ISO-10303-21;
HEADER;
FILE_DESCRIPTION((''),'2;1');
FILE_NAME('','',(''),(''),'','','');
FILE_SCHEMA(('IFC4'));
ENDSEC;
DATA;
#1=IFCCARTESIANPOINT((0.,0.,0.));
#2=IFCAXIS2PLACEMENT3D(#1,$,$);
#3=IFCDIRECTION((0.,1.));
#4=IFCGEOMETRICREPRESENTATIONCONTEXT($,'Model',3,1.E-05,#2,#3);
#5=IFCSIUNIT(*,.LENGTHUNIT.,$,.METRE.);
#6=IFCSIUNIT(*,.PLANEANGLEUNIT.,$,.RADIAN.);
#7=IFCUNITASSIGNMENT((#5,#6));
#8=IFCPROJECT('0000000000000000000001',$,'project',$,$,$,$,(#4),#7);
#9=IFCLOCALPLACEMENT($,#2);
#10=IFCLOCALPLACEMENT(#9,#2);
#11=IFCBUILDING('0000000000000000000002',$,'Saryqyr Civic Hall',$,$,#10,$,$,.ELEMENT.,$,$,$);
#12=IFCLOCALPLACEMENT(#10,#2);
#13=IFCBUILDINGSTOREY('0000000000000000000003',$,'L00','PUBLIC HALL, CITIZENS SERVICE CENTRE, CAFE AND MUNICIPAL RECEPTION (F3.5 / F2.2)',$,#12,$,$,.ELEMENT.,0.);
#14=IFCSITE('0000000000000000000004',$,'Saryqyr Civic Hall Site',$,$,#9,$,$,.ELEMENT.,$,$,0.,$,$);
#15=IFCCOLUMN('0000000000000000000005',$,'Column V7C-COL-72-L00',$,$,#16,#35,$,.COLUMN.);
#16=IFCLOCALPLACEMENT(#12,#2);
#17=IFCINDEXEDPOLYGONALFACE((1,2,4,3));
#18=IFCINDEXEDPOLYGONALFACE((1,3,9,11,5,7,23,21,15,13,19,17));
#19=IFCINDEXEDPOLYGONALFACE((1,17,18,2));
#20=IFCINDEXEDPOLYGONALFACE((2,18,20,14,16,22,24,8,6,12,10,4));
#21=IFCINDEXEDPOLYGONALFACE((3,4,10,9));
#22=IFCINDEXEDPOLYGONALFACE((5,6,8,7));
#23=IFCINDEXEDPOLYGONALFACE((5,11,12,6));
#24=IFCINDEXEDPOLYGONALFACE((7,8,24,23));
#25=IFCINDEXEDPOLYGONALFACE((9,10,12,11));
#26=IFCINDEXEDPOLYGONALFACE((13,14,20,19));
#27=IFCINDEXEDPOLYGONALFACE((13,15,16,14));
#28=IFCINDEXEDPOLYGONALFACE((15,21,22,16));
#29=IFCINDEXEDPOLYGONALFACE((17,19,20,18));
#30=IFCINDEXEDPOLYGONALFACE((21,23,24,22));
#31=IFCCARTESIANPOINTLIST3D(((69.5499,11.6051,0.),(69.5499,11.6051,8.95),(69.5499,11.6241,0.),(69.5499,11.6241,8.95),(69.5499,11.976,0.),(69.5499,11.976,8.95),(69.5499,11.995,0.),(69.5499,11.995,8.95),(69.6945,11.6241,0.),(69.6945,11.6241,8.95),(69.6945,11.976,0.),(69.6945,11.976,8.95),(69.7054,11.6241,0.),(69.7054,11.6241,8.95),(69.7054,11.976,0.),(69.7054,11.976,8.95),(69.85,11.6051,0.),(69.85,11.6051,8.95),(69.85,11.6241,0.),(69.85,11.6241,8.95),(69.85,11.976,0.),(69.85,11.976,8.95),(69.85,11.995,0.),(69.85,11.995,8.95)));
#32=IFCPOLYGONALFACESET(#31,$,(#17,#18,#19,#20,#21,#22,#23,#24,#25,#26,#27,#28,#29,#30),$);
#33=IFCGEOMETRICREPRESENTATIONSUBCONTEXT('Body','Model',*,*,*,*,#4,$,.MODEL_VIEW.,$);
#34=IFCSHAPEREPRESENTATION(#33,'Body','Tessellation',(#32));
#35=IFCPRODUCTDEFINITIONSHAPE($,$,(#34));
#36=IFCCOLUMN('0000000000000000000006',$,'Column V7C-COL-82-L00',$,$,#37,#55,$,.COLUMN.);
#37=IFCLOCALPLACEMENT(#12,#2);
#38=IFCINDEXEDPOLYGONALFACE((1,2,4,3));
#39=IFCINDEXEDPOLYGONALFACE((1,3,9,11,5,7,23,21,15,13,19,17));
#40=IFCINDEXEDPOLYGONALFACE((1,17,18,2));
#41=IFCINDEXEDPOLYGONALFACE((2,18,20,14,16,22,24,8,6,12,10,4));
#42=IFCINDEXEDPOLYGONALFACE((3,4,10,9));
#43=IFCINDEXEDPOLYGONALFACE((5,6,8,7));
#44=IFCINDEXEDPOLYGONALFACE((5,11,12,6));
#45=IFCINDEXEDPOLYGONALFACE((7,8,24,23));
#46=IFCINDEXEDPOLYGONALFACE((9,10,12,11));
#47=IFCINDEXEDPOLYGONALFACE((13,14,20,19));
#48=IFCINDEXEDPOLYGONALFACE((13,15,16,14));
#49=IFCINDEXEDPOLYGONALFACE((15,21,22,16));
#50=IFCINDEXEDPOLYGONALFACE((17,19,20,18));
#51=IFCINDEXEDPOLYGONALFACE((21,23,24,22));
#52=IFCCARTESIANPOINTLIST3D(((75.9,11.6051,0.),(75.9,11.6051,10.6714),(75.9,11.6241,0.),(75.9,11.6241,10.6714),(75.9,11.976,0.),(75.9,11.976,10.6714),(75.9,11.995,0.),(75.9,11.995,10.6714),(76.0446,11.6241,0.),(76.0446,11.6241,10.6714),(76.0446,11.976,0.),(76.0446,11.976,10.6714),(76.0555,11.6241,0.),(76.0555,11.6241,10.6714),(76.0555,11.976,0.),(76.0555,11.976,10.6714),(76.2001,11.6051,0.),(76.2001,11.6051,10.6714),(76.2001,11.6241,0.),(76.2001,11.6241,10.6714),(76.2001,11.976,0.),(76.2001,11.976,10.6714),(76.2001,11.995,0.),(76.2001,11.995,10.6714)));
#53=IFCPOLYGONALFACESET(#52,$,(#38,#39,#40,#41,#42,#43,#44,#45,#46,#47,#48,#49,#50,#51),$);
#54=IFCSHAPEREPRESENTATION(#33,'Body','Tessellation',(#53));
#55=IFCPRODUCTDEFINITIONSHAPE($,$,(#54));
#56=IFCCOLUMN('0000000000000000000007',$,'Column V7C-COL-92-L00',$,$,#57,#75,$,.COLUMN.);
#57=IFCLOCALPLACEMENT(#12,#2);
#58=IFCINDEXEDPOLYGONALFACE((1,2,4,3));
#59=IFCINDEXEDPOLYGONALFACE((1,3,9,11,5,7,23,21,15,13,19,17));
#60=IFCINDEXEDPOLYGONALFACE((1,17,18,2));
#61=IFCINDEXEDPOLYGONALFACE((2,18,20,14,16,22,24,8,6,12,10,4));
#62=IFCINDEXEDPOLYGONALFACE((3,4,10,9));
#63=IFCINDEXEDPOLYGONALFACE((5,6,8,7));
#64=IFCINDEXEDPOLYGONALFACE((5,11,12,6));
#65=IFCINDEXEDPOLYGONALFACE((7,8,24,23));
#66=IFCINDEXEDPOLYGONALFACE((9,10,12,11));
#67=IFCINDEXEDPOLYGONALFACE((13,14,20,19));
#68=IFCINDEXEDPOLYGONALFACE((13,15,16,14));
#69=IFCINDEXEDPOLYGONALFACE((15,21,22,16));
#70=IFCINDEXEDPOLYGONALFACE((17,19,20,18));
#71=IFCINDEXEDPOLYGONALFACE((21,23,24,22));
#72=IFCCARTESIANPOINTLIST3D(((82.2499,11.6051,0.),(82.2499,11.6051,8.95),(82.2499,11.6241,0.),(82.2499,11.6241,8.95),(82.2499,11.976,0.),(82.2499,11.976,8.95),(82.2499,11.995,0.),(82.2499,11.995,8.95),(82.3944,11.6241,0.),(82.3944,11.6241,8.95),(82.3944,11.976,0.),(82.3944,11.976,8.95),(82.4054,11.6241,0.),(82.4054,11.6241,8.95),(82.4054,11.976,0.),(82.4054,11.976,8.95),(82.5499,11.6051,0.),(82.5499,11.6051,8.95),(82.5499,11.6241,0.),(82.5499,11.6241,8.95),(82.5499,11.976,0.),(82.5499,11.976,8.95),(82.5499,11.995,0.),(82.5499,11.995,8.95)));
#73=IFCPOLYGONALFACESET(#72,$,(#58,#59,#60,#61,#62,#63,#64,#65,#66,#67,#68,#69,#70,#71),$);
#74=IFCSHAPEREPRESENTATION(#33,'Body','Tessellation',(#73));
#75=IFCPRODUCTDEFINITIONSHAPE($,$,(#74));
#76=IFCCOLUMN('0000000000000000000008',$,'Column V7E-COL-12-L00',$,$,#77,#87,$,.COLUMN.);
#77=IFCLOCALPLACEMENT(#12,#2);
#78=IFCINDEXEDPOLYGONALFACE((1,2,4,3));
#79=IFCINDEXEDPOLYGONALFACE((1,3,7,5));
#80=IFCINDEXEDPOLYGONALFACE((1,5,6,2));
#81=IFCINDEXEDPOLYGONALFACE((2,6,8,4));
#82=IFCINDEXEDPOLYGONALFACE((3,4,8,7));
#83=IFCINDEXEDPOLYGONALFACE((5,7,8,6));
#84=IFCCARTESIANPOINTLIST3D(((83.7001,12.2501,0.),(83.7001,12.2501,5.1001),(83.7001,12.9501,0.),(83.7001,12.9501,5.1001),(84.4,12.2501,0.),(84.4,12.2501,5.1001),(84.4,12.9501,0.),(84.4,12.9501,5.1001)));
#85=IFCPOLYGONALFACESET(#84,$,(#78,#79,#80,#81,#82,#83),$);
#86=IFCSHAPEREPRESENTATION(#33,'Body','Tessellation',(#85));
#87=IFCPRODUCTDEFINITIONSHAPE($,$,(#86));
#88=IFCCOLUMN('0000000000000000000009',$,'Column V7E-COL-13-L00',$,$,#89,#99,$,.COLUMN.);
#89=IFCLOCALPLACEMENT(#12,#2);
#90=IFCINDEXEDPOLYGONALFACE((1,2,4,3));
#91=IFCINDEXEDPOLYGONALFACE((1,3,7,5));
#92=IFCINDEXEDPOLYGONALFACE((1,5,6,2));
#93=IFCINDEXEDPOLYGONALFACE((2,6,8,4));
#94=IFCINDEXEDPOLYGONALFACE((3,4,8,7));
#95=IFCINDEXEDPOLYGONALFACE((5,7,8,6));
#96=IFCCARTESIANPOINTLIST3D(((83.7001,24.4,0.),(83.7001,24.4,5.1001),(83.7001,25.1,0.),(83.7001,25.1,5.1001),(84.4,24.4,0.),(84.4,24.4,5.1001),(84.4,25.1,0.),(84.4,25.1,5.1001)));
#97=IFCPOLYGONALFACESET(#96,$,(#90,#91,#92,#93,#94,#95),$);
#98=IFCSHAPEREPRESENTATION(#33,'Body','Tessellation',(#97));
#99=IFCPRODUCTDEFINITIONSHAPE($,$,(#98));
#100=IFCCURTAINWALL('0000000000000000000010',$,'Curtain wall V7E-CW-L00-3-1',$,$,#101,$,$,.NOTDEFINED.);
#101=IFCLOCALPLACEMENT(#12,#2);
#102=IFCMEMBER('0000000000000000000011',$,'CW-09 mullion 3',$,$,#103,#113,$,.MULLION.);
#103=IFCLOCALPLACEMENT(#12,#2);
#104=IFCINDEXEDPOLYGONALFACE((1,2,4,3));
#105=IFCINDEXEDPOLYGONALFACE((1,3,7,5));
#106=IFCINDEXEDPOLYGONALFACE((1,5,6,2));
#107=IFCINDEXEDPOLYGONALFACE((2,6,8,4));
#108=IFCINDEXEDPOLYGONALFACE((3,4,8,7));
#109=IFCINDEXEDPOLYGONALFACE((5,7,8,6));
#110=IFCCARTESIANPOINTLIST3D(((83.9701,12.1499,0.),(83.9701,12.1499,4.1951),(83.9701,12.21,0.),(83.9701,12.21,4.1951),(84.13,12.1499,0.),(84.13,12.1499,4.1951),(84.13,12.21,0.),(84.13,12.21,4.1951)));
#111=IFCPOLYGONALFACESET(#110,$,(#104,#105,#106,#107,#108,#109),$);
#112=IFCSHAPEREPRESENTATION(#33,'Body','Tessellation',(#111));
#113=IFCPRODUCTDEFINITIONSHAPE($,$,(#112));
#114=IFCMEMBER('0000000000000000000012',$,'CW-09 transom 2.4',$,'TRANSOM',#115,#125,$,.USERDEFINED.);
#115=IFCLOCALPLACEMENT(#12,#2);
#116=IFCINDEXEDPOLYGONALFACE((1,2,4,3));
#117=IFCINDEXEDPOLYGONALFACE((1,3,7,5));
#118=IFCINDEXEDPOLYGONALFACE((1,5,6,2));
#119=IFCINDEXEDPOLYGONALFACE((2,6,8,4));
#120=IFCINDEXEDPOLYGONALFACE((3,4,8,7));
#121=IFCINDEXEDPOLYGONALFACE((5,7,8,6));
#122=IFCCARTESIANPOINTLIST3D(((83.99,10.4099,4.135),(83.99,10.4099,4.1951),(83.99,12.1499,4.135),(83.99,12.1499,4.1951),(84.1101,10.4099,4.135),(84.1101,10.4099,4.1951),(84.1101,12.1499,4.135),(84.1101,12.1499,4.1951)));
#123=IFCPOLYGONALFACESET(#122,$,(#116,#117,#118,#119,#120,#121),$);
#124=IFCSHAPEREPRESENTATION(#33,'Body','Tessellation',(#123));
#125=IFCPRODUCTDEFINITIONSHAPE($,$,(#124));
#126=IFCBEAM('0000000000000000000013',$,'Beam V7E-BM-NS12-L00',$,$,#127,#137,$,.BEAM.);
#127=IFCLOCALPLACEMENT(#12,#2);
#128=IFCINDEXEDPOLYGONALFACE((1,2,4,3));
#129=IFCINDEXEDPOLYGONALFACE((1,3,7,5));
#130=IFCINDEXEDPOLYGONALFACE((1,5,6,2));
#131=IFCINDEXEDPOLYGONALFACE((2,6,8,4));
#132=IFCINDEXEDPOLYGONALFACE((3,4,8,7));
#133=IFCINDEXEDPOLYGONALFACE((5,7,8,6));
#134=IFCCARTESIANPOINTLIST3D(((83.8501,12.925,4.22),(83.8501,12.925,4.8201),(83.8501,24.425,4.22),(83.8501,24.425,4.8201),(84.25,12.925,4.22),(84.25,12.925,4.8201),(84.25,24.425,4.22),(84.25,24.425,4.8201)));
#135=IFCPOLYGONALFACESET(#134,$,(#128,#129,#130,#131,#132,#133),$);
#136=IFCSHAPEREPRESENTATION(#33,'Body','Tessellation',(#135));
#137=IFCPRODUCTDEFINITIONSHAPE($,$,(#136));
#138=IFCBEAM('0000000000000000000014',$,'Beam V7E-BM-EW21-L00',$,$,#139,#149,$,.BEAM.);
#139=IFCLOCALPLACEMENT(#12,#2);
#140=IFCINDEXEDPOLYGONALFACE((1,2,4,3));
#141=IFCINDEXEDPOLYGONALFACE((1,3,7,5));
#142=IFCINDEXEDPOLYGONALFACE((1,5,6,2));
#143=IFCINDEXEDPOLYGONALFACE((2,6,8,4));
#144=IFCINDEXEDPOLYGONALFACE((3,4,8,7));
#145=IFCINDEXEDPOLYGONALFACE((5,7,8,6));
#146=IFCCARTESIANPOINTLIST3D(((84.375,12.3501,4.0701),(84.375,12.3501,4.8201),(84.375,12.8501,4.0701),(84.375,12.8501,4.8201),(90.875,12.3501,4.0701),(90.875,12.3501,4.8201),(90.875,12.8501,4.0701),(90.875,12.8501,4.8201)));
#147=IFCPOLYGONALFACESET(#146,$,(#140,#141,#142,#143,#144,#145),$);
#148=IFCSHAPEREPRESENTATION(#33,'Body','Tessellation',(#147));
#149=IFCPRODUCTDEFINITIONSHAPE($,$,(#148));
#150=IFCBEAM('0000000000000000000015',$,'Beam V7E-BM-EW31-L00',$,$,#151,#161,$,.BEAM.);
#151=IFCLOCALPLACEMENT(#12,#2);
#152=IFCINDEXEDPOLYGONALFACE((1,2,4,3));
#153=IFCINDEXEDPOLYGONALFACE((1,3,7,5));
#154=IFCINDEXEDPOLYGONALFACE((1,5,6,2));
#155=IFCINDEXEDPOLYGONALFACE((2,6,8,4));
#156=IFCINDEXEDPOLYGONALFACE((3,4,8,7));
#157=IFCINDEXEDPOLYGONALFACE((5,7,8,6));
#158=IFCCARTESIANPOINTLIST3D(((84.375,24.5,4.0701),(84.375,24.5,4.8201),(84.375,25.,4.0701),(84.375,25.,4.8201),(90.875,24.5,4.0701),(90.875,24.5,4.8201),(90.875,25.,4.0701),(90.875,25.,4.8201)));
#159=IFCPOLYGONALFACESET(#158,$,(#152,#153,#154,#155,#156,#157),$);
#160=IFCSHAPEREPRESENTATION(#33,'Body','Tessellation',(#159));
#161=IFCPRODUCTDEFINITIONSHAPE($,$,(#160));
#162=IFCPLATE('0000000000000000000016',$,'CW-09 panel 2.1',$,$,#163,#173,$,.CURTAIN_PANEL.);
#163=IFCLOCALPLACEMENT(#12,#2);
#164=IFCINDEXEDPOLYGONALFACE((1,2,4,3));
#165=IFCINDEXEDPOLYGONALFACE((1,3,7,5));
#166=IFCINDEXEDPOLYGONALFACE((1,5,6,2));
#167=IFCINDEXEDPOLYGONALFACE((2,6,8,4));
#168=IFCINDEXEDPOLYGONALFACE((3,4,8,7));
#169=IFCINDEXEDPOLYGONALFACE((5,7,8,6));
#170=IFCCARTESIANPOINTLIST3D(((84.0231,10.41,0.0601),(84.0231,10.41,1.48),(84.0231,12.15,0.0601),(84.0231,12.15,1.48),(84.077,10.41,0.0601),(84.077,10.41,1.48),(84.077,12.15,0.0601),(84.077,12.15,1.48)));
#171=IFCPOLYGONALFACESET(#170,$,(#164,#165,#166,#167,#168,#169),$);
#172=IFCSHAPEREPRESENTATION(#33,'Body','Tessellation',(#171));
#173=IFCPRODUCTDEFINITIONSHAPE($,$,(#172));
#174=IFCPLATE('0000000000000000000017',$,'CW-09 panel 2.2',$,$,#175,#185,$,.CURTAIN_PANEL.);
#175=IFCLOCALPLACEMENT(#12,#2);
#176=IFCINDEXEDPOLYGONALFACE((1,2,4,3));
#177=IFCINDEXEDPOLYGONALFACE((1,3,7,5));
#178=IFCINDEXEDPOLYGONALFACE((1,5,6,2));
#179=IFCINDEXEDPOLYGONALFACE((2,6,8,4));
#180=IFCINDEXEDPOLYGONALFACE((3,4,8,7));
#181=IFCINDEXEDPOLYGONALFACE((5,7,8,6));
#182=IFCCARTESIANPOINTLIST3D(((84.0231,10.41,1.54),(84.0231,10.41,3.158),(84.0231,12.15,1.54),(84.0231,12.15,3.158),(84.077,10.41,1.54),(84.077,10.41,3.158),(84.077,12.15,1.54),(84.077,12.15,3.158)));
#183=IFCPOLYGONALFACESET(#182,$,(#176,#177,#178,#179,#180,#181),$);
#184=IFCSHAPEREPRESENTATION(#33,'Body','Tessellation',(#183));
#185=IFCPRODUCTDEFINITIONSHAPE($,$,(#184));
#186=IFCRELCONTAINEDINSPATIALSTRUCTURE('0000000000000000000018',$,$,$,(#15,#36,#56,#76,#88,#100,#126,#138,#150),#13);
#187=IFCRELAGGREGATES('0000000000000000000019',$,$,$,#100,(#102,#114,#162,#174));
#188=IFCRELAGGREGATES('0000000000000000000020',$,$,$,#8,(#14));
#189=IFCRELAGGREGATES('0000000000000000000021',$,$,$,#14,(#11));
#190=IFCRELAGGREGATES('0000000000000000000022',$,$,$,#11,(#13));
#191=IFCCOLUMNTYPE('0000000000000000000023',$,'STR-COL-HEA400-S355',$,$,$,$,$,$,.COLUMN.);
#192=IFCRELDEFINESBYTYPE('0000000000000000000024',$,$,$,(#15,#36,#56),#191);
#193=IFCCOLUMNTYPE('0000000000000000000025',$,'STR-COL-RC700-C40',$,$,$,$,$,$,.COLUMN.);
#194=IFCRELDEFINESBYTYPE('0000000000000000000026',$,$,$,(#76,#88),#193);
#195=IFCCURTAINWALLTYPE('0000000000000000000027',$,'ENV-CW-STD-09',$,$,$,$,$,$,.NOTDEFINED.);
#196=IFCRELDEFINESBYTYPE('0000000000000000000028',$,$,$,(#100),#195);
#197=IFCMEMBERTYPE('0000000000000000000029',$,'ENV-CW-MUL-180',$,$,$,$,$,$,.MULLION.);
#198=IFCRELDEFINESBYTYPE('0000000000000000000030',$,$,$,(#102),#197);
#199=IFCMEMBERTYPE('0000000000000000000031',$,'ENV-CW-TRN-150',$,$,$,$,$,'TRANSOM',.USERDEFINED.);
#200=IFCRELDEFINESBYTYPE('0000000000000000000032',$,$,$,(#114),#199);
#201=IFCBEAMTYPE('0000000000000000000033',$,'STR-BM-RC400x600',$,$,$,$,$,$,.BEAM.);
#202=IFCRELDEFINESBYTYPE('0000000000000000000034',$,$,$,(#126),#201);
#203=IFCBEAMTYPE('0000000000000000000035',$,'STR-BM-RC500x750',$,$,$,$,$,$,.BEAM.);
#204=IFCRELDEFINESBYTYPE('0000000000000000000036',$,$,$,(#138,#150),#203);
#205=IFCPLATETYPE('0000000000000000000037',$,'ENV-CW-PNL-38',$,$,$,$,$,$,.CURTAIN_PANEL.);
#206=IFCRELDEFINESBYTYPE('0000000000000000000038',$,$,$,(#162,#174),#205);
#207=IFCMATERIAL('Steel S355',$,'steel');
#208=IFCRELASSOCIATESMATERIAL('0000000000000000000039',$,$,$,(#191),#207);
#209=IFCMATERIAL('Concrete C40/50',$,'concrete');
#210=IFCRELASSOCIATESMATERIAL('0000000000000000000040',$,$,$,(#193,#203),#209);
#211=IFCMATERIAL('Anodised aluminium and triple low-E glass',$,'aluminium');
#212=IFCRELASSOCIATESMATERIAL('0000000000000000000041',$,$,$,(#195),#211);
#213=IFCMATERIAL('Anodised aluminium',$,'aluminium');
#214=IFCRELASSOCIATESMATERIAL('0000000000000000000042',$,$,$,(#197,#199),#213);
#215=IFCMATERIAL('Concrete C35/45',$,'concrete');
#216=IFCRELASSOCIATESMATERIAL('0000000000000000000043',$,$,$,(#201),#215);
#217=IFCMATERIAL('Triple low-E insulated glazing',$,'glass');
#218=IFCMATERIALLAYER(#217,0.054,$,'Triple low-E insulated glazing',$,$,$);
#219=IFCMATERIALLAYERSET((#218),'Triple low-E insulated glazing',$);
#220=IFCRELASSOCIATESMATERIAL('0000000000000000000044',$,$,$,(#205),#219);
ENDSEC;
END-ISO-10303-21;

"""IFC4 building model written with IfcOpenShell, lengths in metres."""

from ifc_helpers import new_model, si_unit, direction, frame, origin, origin_2d, place, context, subcontext, project, spatial, rectangle, i_section, extrude, material, layer, layer_set, material_profile, profile_set, type_object, element, aggregate, save


model = new_model("IFC4")

# Units and contexts
model_context = context("Model", 3, precision=1e-05, world=origin(), true_north=direction((0.0, 1.0)))
body_context = subcontext(model_context, "Body", "Model", "MODEL_VIEW")
ifc_project = project(units=[si_unit("LENGTHUNIT", "METRE"), si_unit("PLANEANGLEUNIT", "RADIAN")], contexts=[model_context])

# Site, building, storey
site_placement = place(None, origin())
site = spatial("IfcSite", under=ifc_project, at=site_placement, Name="Saryqyr Civic Hall Site", CompositionType="ELEMENT", RefElevation=0.0)
building_placement = place(site_placement, origin())
building = spatial("IfcBuilding", under=site, at=building_placement, Name="Saryqyr Civic Hall", CompositionType="ELEMENT")
storey_placement = place(building_placement, origin())
storey = spatial("IfcBuildingStorey", under=building, at=storey_placement, Name="L00", Description="PUBLIC HALL, CITIZENS SERVICE CENTRE, CAFE AND MUNICIPAL RECEPTION (F3.5 / F2.2)", CompositionType="ELEMENT", Elevation=0.0)

# Columns
ifc_material_1 = material(Name="Steel S355", Category="steel")
ifc_material_profile_1 = material_profile(ifc_material_1, i_section(OverallWidth=0.3, OverallDepth=0.3899, WebThickness=0.011, FlangeThickness=0.019, at=origin_2d()), Name="HEA 400")
ifc_profile_set_1 = profile_set([ifc_material_profile_1], Name="Steel S355")
column_type_1 = type_object("IfcColumnType", Name="STR-COL-HEA400-S355", PredefinedType="COLUMN", material=ifc_profile_set_1)
column_1_placement = place(storey_placement, frame((69.7, 11.8, 0.0), z_axis=(0.0, 0.0, 1.0), x_axis=(1.0, 0.0, 0.0)))
element("IfcColumn", 1, at=column_1_placement, inside=storey, type_object=column_type_1, Name="Column V7C-COL-72-L00", PredefinedType="COLUMN", context=body_context, shape_type="SweptSolid", body=[
    extrude(i_section(OverallWidth=0.3, OverallDepth=0.3899, WebThickness=0.011, FlangeThickness=0.019, at=origin_2d()), origin(), (0.0, 0.0, 1.0), 8.95),
])
column_2_placement = place(storey_placement, frame((76.05, 11.8, 0.0), z_axis=(0.0, 0.0, 1.0), x_axis=(1.0, 0.0, 0.0)))
element("IfcColumn", 2, at=column_2_placement, inside=storey, type_object=column_type_1, Name="Column V7C-COL-82-L00", PredefinedType="COLUMN", context=body_context, shape_type="SweptSolid", body=[
    extrude(i_section(OverallWidth=0.3, OverallDepth=0.3899, WebThickness=0.011, FlangeThickness=0.019, at=origin_2d()), origin(), (0.0, 0.0, 1.0), 10.6714),
])
column_3_placement = place(storey_placement, frame((82.3999, 11.8, 0.0), z_axis=(0.0, 0.0, 1.0), x_axis=(1.0, 0.0, 0.0)))
element("IfcColumn", 3, at=column_3_placement, inside=storey, type_object=column_type_1, Name="Column V7C-COL-92-L00", PredefinedType="COLUMN", context=body_context, shape_type="SweptSolid", body=[
    extrude(i_section(OverallWidth=0.3, OverallDepth=0.3899, WebThickness=0.011, FlangeThickness=0.019, at=origin_2d()), origin(), (0.0, 0.0, 1.0), 8.95),
])
ifc_material_2 = material(Name="Concrete C40/50", Category="concrete")
ifc_material_profile_2 = material_profile(ifc_material_2, rectangle(XDim=0.7, YDim=0.7, at=origin_2d()), Name="RC 700x700")
ifc_profile_set_2 = profile_set([ifc_material_profile_2], Name="Concrete C40/50")
column_type_2 = type_object("IfcColumnType", Name="STR-COL-RC700-C40", PredefinedType="COLUMN", material=ifc_profile_set_2)
for number, where, z_axis, x_axis, name in (
    (4, (84.05, 12.6001, 0.0), (0.0, 0.0, 1.0), (1.0, 0.0, 0.0), "Column V7E-COL-12-L00"),
    (5, (84.05, 24.75, 0.0), (0.0, 0.0, 1.0), (1.0, 0.0, 0.0), "Column V7E-COL-13-L00"),
):
    element("IfcColumn", number, at=place(storey_placement, frame(where, z_axis=z_axis, x_axis=x_axis)), inside=storey, type_object=column_type_2, Name=name, PredefinedType="COLUMN", context=body_context, shape_type="SweptSolid", body=[
        extrude(rectangle(XDim=0.7, YDim=0.7, at=origin_2d()), origin(), (0.0, 0.0, 1.0), 5.1001),
    ])

# Curtain wall, members
ifc_material_3 = material(Name="Anodised aluminium and triple low-E glass", Category="aluminium")
curtain_wall_type = type_object("IfcCurtainWallType", Name="ENV-CW-STD-09", PredefinedType="NOTDEFINED", material=ifc_material_3)
curtain_wall_placement = place(storey_placement, origin())
curtain_wall = element("IfcCurtainWall", 6, at=curtain_wall_placement, inside=storey, type_object=curtain_wall_type, Name="Curtain wall V7E-CW-L00-3-1", PredefinedType="NOTDEFINED")
ifc_material_4 = material(Name="Anodised aluminium", Category="aluminium")
ifc_material_profile_3 = material_profile(ifc_material_4, rectangle(XDim=0.0601, YDim=0.1599, at=origin_2d()), Name="ALU MULLION 60x160")
ifc_profile_set_3 = profile_set([ifc_material_profile_3], Name="Anodised aluminium")
member_type_1 = type_object("IfcMemberType", Name="ENV-CW-MUL-180", PredefinedType="MULLION", material=ifc_profile_set_3)
member_1_placement = place(storey_placement, frame((84.05, 12.1799, 0.0), z_axis=(0.0, 0.0, 1.0), x_axis=(0.0, 1.0, 0.0)))
member_1 = element("IfcMember", 7, at=member_1_placement, type_object=member_type_1, Name="CW-09 mullion 3", PredefinedType="MULLION", context=body_context, shape_type="SweptSolid", body=[
    extrude(rectangle(XDim=0.0601, YDim=0.1599, at=origin_2d()), origin(), (0.0, 0.0, 1.0), 4.1951),
])
ifc_material_profile_4 = material_profile(ifc_material_4, rectangle(XDim=0.1201, YDim=0.0601, at=origin_2d()), Name="ALU TRANSOM 120x60")
ifc_profile_set_4 = profile_set([ifc_material_profile_4], Name="Anodised aluminium")
member_type_2 = type_object("IfcMemberType", Name="ENV-CW-TRN-150", ElementType="TRANSOM", PredefinedType="USERDEFINED", material=ifc_profile_set_4)
member_2_placement = place(storey_placement, frame((84.05, 10.4099, 4.165), z_axis=(0.0, 1.0, 0.0), x_axis=(-1.0, 0.0, 0.0)))
member_2 = element("IfcMember", 8, at=member_2_placement, type_object=member_type_2, Name="CW-09 transom 2.4", ObjectType="TRANSOM", PredefinedType="USERDEFINED", context=body_context, shape_type="SweptSolid", body=[
    extrude(rectangle(XDim=0.1201, YDim=0.0601, at=origin_2d()), origin(), (0.0, 0.0, 1.0), 1.74),
])

# Beams
ifc_material_5 = material(Name="Concrete C35/45", Category="concrete")
ifc_material_profile_5 = material_profile(ifc_material_5, rectangle(XDim=0.3999, YDim=0.6001, at=origin_2d()), Name="RC 400x600")
ifc_profile_set_5 = profile_set([ifc_material_profile_5], Name="Concrete C35/45")
beam_type_1 = type_object("IfcBeamType", Name="STR-BM-RC400x600", PredefinedType="BEAM", material=ifc_profile_set_5)
beam_placement = place(storey_placement, frame((84.05, 12.925, 4.52), z_axis=(0.0, 1.0, 0.0), x_axis=(-1.0, 0.0, 0.0)))
element("IfcBeam", 9, at=beam_placement, inside=storey, type_object=beam_type_1, Name="Beam V7E-BM-NS12-L00", PredefinedType="BEAM", context=body_context, shape_type="SweptSolid", body=[
    extrude(rectangle(XDim=0.3999, YDim=0.6001, at=origin_2d()), origin(), (0.0, 0.0, 1.0), 11.5),
])
ifc_material_profile_6 = material_profile(ifc_material_2, rectangle(XDim=0.5, YDim=0.75, at=origin_2d()), Name="RC 500x750")
ifc_profile_set_6 = profile_set([ifc_material_profile_6], Name="Concrete C40/50")
beam_type_2 = type_object("IfcBeamType", Name="STR-BM-RC500x750", PredefinedType="BEAM", material=ifc_profile_set_6)
for number, where, z_axis, x_axis, name in (
    (10, (84.375, 12.6001, 4.4451), (1.0, 0.0, 0.0), (0.0, 1.0, 0.0), "Beam V7E-BM-EW21-L00"),
    (11, (84.375, 24.75, 4.4451), (1.0, 0.0, 0.0), (0.0, 1.0, 0.0), "Beam V7E-BM-EW31-L00"),
):
    element("IfcBeam", number, at=place(storey_placement, frame(where, z_axis=z_axis, x_axis=x_axis)), inside=storey, type_object=beam_type_2, Name=name, PredefinedType="BEAM", context=body_context, shape_type="SweptSolid", body=[
        extrude(rectangle(XDim=0.5, YDim=0.75, at=origin_2d()), origin(), (0.0, 0.0, 1.0), 6.5),
    ])

# Plates
ifc_material_6 = material(Name="Triple low-E insulated glazing", Category="glass")
ifc_layer_1 = layer(ifc_material_6, 0.054, Name="Triple low-E insulated glazing")
ifc_layer_set_1 = layer_set([ifc_layer_1], Name="Triple low-E insulated glazing")
plate_type = type_object("IfcPlateType", Name="ENV-CW-PNL-38", PredefinedType="CURTAIN_PANEL", material=ifc_layer_set_1)
plate_1_placement = place(storey_placement, frame((84.05, 11.28, 0.0601), z_axis=(0.0, 0.0, 1.0), x_axis=(0.0, 1.0, 0.0)))
plate_1 = element("IfcPlate", 12, at=plate_1_placement, type_object=plate_type, Name="CW-09 panel 2.1", PredefinedType="CURTAIN_PANEL", context=body_context, shape_type="SweptSolid", body=[
    extrude(rectangle(XDim=1.74, YDim=0.054, at=origin_2d()), origin(), (0.0, 0.0, 1.0), 1.4199),
])
plate_2_placement = place(storey_placement, frame((84.05, 11.28, 1.54), z_axis=(0.0, 0.0, 1.0), x_axis=(0.0, 1.0, 0.0)))
plate_2 = element("IfcPlate", 13, at=plate_2_placement, type_object=plate_type, Name="CW-09 panel 2.2", PredefinedType="CURTAIN_PANEL", context=body_context, shape_type="SweptSolid", body=[
    extrude(rectangle(XDim=1.74, YDim=0.054, at=origin_2d()), origin(), (0.0, 0.0, 1.0), 1.6179),
])
aggregate(curtain_wall, [member_1, member_2, plate_1, plate_2])

save(model, "model.ifc")
